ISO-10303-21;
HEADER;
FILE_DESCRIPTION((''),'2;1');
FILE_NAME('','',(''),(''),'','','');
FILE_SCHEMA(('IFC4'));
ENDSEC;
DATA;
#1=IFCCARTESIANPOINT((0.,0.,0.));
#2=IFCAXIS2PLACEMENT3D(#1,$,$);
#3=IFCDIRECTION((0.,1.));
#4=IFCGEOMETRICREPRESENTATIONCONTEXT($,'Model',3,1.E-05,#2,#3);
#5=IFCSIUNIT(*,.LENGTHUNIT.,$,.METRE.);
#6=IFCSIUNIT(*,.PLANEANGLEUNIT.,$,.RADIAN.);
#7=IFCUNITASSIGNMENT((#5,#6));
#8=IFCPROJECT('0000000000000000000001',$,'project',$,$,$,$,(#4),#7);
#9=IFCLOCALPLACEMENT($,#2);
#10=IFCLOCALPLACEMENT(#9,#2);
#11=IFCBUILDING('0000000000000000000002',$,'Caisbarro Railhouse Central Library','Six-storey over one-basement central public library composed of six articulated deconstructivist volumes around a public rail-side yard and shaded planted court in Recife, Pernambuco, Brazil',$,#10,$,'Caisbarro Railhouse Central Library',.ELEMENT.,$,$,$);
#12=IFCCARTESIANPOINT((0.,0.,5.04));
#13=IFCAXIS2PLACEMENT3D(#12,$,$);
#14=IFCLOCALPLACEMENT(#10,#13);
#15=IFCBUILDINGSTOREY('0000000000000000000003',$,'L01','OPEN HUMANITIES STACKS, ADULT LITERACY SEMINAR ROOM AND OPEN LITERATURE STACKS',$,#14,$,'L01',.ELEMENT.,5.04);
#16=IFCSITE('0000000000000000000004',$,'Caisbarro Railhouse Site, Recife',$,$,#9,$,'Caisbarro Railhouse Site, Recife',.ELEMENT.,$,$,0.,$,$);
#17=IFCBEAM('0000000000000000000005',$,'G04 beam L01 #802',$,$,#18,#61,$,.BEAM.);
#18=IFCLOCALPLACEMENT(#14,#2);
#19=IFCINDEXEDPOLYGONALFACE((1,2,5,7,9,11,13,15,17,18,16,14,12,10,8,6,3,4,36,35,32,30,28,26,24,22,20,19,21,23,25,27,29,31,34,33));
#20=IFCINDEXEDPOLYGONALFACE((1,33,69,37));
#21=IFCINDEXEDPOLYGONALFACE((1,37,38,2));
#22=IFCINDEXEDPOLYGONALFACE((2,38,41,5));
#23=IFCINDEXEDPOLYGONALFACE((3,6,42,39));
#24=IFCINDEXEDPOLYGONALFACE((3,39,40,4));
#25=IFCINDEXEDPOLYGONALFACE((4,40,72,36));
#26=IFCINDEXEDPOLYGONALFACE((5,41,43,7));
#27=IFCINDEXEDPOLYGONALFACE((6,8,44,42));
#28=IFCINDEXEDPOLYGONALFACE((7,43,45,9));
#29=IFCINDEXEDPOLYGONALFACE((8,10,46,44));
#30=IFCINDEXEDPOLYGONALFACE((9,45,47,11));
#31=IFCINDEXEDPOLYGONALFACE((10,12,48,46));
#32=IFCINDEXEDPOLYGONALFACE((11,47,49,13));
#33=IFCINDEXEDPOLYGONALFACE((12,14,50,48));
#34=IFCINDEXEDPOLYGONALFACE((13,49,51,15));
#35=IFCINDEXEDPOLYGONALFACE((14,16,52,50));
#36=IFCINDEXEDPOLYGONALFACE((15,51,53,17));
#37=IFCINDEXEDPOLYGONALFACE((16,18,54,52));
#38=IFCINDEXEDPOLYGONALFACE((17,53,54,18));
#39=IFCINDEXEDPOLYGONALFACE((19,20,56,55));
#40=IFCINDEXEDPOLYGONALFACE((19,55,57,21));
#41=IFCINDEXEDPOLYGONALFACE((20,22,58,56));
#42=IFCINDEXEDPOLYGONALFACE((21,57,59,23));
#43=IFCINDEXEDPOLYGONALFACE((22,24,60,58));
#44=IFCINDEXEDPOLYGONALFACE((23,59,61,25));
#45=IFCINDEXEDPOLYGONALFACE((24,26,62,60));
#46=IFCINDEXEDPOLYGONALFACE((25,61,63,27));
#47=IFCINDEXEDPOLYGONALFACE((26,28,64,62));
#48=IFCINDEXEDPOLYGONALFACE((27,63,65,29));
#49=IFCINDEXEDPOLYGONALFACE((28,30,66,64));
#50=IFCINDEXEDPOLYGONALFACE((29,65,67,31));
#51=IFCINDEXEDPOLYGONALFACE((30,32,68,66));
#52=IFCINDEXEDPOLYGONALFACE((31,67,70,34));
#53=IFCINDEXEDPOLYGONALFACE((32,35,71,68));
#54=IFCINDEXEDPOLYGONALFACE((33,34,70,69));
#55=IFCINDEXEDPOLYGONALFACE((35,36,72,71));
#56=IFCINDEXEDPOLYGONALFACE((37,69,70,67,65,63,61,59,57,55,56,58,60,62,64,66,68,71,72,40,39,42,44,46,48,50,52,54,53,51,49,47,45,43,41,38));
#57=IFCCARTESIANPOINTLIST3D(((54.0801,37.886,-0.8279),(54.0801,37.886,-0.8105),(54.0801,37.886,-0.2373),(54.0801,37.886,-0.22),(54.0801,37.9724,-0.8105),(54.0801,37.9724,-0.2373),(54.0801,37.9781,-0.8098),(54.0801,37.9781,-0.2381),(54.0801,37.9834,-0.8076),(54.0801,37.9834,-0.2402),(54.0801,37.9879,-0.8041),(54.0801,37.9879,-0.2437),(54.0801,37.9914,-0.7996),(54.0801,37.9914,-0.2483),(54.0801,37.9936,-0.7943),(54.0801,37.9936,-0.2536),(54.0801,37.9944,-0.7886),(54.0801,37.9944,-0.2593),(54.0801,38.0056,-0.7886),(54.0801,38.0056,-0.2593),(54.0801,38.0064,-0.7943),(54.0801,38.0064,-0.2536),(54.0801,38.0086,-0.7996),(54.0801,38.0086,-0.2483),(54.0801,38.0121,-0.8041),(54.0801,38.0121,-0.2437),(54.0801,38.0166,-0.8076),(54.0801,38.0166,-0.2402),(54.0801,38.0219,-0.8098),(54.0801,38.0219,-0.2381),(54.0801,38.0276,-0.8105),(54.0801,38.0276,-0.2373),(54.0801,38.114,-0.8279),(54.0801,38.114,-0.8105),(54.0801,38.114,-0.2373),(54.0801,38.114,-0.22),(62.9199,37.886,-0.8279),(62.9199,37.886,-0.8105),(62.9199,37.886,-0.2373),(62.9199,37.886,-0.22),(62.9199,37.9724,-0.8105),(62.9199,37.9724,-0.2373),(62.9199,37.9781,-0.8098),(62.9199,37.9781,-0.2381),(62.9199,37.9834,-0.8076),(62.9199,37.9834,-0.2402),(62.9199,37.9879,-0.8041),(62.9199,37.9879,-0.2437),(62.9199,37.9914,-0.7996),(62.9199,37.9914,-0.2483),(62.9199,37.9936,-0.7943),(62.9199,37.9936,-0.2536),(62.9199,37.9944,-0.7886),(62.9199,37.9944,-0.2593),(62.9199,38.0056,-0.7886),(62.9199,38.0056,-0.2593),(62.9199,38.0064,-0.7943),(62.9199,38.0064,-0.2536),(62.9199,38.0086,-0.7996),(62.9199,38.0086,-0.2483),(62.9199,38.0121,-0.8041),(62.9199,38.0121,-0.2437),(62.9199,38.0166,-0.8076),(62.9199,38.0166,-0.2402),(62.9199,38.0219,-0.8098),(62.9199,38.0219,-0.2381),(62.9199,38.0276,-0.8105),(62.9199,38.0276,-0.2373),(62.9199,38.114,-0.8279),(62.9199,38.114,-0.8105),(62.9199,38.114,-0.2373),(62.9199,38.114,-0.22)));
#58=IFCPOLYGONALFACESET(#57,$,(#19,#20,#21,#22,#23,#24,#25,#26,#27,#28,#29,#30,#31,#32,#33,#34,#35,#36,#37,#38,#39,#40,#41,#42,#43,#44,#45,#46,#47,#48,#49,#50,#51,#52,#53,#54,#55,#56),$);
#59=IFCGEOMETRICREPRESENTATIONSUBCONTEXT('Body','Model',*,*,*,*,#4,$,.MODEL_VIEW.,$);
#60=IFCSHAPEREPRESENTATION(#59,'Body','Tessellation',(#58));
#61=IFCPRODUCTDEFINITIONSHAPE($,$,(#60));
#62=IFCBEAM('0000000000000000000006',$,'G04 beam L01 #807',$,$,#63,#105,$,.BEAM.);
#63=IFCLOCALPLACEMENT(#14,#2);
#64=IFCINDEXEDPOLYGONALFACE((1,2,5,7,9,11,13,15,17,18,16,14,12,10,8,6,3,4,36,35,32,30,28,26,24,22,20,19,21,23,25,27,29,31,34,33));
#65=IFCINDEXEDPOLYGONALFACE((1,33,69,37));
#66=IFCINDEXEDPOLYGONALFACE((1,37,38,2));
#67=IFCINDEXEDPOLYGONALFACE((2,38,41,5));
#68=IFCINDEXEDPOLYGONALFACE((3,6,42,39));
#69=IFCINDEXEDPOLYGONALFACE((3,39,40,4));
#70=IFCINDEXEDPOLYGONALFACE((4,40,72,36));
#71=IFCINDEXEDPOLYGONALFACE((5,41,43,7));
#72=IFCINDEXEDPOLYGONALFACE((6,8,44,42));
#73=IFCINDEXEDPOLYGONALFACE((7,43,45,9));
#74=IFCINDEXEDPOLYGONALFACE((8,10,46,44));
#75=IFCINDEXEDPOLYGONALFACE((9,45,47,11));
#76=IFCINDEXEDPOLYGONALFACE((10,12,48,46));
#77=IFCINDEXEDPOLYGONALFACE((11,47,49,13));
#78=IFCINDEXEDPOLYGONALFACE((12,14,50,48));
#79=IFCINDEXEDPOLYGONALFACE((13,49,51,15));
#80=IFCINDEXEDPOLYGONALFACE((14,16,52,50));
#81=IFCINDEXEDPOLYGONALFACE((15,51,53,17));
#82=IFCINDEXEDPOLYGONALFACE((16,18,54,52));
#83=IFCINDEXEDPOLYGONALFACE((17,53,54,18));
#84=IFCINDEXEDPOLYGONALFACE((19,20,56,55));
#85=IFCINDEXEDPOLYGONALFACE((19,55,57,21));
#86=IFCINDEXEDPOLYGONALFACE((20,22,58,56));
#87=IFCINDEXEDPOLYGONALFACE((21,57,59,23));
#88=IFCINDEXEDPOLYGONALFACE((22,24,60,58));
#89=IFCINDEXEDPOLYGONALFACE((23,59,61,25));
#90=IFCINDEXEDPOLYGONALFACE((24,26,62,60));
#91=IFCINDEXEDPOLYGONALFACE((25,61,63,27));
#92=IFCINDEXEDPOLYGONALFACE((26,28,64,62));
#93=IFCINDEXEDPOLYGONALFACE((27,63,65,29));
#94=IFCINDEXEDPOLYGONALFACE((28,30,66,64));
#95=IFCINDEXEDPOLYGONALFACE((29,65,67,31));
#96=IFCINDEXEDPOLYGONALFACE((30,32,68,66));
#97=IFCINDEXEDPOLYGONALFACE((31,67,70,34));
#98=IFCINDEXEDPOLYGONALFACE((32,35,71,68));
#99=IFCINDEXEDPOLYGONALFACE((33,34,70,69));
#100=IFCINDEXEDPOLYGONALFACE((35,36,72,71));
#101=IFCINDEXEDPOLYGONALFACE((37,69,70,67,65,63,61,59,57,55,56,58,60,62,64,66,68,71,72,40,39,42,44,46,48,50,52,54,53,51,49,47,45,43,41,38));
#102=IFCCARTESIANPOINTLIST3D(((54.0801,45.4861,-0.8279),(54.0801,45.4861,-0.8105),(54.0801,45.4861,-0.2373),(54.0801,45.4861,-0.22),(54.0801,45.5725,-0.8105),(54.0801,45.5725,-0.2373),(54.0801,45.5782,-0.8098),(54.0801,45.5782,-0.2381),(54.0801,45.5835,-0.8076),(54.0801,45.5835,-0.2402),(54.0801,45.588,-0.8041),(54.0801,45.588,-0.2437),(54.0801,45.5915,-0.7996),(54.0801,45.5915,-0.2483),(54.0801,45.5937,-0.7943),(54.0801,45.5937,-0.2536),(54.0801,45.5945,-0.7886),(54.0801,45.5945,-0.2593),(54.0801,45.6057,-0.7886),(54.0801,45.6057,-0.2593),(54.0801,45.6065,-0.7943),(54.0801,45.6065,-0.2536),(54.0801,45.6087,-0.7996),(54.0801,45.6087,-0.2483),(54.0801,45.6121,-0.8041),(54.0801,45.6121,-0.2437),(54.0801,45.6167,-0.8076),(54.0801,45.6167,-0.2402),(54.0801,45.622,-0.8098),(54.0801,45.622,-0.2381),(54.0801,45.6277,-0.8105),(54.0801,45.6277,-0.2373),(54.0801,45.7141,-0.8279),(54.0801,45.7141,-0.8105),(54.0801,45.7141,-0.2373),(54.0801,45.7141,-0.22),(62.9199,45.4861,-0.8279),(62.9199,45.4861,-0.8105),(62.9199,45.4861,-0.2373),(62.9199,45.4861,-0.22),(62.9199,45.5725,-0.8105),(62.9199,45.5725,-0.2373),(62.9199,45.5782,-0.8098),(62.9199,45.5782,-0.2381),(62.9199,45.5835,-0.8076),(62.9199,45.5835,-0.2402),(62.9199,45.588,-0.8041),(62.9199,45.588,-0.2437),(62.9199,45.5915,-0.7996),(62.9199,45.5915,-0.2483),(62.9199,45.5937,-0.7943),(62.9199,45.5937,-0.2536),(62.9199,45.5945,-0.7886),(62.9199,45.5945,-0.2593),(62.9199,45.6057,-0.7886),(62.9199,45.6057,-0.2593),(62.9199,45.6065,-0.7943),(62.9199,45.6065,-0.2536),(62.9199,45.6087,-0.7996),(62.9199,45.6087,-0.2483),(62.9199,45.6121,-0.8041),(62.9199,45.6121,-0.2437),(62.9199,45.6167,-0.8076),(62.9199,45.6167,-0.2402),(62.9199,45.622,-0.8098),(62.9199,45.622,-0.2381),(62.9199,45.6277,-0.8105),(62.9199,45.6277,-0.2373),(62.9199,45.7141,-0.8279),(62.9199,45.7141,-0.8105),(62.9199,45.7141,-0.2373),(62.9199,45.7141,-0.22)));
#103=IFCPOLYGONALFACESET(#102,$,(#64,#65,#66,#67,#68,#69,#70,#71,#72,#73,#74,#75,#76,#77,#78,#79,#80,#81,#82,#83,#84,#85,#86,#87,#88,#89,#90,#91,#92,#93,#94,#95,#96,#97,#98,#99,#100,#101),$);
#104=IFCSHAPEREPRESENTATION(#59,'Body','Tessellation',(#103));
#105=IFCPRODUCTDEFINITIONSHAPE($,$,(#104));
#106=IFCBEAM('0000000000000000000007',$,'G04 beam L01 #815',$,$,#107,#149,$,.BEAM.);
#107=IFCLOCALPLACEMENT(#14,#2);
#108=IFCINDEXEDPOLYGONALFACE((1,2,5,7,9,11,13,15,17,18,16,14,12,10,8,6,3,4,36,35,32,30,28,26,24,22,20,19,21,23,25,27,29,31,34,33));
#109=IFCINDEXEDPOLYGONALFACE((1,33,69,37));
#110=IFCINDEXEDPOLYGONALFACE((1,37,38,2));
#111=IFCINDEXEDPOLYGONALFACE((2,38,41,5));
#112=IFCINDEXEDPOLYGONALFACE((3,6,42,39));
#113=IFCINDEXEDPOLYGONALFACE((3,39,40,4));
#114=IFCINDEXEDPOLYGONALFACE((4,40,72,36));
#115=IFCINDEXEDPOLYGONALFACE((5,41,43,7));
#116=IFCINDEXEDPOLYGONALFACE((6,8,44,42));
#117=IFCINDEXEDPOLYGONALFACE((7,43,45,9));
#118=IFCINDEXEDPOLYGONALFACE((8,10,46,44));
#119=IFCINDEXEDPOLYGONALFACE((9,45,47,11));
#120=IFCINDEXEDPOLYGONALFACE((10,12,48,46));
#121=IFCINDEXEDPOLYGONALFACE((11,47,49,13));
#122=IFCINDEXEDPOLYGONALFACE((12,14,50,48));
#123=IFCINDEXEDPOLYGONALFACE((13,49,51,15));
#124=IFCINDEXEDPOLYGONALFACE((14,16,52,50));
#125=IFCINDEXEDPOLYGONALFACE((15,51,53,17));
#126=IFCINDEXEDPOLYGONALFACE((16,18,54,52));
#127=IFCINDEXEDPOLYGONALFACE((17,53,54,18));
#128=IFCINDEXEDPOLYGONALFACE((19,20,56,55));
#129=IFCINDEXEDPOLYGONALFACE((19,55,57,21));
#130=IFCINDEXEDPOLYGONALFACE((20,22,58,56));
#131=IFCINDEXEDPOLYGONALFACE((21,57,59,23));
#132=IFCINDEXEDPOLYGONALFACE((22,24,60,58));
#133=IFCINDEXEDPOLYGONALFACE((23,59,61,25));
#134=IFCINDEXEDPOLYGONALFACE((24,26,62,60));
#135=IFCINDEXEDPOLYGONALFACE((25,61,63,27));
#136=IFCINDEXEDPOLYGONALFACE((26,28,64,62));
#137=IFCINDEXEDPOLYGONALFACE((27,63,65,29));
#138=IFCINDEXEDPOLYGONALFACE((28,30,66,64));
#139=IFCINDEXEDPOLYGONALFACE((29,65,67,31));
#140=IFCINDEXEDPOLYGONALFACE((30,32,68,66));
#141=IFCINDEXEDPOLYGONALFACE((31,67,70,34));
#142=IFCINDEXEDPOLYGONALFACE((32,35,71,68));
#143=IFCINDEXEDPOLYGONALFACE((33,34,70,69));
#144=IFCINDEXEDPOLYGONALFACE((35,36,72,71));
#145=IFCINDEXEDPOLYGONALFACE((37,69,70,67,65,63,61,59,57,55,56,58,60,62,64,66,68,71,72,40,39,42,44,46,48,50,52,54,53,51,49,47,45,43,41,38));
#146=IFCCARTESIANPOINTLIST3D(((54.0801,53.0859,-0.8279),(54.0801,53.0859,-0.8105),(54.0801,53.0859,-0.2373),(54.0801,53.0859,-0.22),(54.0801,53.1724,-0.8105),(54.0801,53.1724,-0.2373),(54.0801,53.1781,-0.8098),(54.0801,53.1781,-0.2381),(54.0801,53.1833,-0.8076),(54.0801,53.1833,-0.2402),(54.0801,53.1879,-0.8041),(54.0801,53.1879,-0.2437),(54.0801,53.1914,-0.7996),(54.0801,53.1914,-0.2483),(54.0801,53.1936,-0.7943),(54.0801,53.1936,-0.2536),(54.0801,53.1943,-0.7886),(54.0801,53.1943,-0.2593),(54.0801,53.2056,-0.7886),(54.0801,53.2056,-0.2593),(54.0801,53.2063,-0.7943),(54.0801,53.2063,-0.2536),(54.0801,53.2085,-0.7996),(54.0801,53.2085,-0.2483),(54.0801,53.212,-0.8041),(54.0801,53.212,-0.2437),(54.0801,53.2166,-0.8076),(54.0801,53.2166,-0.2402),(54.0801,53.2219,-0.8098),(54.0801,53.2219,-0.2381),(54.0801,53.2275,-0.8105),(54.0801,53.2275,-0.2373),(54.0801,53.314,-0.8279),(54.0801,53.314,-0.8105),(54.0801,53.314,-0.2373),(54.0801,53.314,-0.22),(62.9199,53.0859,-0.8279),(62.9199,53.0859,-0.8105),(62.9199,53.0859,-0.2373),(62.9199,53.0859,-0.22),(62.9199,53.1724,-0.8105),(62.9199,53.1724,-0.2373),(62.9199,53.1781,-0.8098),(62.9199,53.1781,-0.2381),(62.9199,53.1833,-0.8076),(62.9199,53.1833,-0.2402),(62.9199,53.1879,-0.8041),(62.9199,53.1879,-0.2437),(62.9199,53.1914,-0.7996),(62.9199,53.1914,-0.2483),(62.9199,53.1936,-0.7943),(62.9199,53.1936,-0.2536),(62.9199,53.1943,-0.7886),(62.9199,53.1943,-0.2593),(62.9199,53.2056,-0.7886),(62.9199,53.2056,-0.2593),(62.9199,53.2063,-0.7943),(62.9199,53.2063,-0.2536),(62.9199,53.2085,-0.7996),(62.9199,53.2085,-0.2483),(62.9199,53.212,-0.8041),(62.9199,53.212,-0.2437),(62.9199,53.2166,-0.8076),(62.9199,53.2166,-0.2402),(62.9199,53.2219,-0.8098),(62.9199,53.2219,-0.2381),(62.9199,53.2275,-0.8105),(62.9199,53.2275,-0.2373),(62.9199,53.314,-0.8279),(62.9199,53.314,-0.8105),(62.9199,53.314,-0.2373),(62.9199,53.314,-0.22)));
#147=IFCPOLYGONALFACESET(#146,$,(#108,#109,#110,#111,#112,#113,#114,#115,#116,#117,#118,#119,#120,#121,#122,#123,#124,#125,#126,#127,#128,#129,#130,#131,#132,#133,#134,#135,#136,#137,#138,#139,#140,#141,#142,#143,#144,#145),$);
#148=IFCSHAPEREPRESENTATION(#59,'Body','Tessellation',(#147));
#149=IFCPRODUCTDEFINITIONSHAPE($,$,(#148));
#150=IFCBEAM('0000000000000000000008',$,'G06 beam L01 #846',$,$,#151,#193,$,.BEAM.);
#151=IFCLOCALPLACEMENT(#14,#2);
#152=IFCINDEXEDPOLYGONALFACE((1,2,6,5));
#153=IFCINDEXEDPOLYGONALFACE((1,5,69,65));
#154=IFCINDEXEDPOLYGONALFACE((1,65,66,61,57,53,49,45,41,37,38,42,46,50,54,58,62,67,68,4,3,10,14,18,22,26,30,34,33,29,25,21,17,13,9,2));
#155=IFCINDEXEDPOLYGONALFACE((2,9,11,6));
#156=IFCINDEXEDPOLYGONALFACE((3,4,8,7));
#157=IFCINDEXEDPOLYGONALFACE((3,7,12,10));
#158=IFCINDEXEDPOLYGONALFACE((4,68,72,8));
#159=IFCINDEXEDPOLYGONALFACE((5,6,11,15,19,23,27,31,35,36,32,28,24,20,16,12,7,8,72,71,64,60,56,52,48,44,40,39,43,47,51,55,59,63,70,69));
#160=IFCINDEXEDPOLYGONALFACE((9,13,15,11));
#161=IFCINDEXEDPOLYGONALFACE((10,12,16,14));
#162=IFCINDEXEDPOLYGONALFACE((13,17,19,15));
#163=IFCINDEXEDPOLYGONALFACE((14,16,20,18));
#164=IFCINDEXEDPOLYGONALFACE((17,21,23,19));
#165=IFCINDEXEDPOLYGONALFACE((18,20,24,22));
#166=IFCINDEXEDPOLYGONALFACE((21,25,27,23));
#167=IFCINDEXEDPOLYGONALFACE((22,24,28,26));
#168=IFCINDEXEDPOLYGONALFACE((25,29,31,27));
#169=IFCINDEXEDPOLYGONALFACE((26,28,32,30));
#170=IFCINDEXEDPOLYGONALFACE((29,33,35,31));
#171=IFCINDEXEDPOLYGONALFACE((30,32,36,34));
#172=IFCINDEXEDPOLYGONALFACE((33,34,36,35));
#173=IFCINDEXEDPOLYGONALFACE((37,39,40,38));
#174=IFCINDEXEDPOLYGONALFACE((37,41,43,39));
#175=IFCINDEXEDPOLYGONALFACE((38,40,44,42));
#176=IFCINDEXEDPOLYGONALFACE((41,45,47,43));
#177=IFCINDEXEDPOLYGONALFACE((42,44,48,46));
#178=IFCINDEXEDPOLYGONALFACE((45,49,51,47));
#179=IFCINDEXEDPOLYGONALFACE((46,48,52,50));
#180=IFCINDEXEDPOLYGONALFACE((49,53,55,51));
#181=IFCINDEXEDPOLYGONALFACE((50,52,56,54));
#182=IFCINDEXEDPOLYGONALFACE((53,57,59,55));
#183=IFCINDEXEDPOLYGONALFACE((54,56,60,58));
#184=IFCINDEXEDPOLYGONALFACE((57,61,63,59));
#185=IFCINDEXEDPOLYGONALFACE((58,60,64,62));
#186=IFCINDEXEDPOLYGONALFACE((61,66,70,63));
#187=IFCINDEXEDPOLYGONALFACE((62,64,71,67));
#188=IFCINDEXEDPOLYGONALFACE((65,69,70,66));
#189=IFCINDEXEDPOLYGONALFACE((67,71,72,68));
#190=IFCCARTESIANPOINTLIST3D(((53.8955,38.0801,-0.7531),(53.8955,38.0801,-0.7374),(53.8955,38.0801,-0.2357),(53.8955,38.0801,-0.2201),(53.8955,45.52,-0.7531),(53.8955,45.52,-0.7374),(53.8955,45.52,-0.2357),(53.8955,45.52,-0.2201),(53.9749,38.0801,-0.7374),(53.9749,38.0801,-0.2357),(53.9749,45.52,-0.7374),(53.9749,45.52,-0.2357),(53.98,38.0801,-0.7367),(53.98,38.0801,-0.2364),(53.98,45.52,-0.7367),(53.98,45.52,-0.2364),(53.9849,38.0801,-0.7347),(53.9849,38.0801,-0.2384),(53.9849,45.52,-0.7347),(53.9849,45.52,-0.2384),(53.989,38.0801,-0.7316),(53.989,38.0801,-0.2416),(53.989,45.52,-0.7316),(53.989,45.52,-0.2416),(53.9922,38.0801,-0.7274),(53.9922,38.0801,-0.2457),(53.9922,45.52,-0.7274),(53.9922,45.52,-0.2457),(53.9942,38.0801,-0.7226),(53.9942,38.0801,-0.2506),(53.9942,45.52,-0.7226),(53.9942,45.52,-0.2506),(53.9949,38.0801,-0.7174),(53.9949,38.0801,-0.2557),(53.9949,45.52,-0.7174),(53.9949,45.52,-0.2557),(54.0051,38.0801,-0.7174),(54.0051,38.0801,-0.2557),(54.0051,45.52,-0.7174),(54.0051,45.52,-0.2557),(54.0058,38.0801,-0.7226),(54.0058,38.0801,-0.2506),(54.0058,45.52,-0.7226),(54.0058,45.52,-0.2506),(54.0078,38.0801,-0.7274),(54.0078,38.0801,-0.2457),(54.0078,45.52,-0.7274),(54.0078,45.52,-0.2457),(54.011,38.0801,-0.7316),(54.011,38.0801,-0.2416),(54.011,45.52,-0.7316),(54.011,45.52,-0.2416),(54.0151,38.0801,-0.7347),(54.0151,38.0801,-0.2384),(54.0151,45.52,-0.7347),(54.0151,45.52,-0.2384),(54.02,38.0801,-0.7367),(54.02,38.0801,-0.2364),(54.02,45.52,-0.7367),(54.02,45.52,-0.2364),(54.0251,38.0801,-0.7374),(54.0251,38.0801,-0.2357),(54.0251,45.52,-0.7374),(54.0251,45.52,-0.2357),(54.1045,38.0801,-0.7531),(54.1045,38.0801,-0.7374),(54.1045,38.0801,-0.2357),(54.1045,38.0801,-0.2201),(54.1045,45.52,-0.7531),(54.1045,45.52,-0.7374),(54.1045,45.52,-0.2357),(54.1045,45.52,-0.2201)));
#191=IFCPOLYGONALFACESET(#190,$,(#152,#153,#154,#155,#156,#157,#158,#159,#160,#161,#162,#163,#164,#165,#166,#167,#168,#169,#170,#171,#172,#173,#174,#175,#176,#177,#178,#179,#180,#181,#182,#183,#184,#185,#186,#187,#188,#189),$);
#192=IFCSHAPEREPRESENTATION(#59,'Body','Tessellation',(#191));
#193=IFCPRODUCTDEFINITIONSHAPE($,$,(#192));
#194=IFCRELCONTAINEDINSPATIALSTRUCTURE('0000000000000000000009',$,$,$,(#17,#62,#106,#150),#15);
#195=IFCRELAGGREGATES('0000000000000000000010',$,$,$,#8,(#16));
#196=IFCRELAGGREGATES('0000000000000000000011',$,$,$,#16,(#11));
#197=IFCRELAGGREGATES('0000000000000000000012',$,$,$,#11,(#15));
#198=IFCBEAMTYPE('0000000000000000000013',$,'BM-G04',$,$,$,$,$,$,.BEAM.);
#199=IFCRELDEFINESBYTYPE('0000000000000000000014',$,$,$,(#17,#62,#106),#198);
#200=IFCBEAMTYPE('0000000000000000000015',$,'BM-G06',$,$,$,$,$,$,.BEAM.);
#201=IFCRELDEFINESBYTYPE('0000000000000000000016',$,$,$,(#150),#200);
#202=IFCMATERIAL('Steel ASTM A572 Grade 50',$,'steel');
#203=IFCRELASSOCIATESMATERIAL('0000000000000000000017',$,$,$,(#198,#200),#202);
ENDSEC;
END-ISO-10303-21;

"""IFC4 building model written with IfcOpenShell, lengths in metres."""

from ifc_helpers import new_model, si_unit, direction, frame, origin, origin_2d, place, context, subcontext, project, spatial, i_section, extrude, material, material_profile, profile_set, type_object, element, save


model = new_model("IFC4")

# Units and contexts
model_context = context("Model", 3, precision=1e-05, world=origin(), true_north=direction((0.0, 1.0)))
body_context = subcontext(model_context, "Body", "Model", "MODEL_VIEW")
ifc_project = project(units=[si_unit("LENGTHUNIT", "METRE"), si_unit("PLANEANGLEUNIT", "RADIAN")], contexts=[model_context])

# Site, building, storey
site_placement = place(None, origin())
site = spatial("IfcSite", under=ifc_project, at=site_placement, Name="Caisbarro Railhouse Site, Recife", LongName="Caisbarro Railhouse Site, Recife", CompositionType="ELEMENT", RefElevation=0.0)
building_placement = place(site_placement, origin())
building = spatial("IfcBuilding", under=site, at=building_placement, Name="Caisbarro Railhouse Central Library", Description="Six-storey over one-basement central public library composed of six articulated deconstructivist volumes around a public rail-side yard and shaded planted court in Recife, Pernambuco, Brazil", LongName="Caisbarro Railhouse Central Library", CompositionType="ELEMENT")
storey_placement = place(building_placement, frame((0.0, 0.0, 5.04)))
storey = spatial("IfcBuildingStorey", under=building, at=storey_placement, Name="L01", Description="OPEN HUMANITIES STACKS, ADULT LITERACY SEMINAR ROOM AND OPEN LITERATURE STACKS", LongName="L01", CompositionType="ELEMENT", Elevation=5.04)

# Shared definitions
ifc_material_1 = material(Name="Steel ASTM A572 Grade 50", Category="steel")

# Beams
ifc_material_profile_1 = material_profile(ifc_material_1, i_section(OverallWidth=0.228, OverallDepth=0.6079, WebThickness=0.0112, FlangeThickness=0.0173, FilletRadius=0.022, at=origin_2d()), Name="W610X113.0")
ifc_profile_set_1 = profile_set([ifc_material_profile_1], Name="Steel ASTM A572 Grade 50")
beam_type_1 = type_object("IfcBeamType", Name="BM-G04", PredefinedType="BEAM", material=ifc_profile_set_1)
for number, where, z_axis, x_axis, name in (
    (1, (54.0801, 38.0, -0.5239), (1.0, 0.0, 0.0), (0.0, 1.0, 0.0), "G04 beam L01 #802"),
    (2, (54.0801, 45.6001, -0.5239), (1.0, 0.0, 0.0), (0.0, 1.0, 0.0), "G04 beam L01 #807"),
    (3, (54.0801, 53.2, -0.5239), (1.0, 0.0, 0.0), (0.0, 1.0, 0.0), "G04 beam L01 #815"),
):
    element("IfcBeam", number, at=place(storey_placement, frame(where, z_axis=z_axis, x_axis=x_axis)), inside=storey, type_object=beam_type_1, Name=name, PredefinedType="BEAM", context=body_context, shape_type="SweptSolid", body=[
        extrude(i_section(OverallWidth=0.228, OverallDepth=0.6079, WebThickness=0.0112, FlangeThickness=0.0173, FilletRadius=0.022, at=origin_2d()), origin(), (0.0, 0.0, 1.0), 8.8398),
    ])
ifc_material_profile_2 = material_profile(ifc_material_1, i_section(OverallWidth=0.209, OverallDepth=0.533, WebThickness=0.0103, FlangeThickness=0.0156, FilletRadius=0.02, at=origin_2d()), Name="W530X92.0")
ifc_profile_set_2 = profile_set([ifc_material_profile_2], Name="Steel ASTM A572 Grade 50")
beam_type_2 = type_object("IfcBeamType", Name="BM-G06", PredefinedType="BEAM", material=ifc_profile_set_2)
beam_1_placement = place(storey_placement, frame((54.0, 38.0801, -0.4866), z_axis=(0.0, 1.0, 0.0), x_axis=(-1.0, 0.0, 0.0)))
element("IfcBeam", 4, at=beam_1_placement, inside=storey, type_object=beam_type_2, Name="G06 beam L01 #846", PredefinedType="BEAM", context=body_context, shape_type="SweptSolid", body=[
    extrude(i_section(OverallWidth=0.209, OverallDepth=0.533, WebThickness=0.0103, FlangeThickness=0.0156, FilletRadius=0.02, at=origin_2d()), origin(), (0.0, 0.0, 1.0), 7.4399),
])

save(model, "model.ifc")
